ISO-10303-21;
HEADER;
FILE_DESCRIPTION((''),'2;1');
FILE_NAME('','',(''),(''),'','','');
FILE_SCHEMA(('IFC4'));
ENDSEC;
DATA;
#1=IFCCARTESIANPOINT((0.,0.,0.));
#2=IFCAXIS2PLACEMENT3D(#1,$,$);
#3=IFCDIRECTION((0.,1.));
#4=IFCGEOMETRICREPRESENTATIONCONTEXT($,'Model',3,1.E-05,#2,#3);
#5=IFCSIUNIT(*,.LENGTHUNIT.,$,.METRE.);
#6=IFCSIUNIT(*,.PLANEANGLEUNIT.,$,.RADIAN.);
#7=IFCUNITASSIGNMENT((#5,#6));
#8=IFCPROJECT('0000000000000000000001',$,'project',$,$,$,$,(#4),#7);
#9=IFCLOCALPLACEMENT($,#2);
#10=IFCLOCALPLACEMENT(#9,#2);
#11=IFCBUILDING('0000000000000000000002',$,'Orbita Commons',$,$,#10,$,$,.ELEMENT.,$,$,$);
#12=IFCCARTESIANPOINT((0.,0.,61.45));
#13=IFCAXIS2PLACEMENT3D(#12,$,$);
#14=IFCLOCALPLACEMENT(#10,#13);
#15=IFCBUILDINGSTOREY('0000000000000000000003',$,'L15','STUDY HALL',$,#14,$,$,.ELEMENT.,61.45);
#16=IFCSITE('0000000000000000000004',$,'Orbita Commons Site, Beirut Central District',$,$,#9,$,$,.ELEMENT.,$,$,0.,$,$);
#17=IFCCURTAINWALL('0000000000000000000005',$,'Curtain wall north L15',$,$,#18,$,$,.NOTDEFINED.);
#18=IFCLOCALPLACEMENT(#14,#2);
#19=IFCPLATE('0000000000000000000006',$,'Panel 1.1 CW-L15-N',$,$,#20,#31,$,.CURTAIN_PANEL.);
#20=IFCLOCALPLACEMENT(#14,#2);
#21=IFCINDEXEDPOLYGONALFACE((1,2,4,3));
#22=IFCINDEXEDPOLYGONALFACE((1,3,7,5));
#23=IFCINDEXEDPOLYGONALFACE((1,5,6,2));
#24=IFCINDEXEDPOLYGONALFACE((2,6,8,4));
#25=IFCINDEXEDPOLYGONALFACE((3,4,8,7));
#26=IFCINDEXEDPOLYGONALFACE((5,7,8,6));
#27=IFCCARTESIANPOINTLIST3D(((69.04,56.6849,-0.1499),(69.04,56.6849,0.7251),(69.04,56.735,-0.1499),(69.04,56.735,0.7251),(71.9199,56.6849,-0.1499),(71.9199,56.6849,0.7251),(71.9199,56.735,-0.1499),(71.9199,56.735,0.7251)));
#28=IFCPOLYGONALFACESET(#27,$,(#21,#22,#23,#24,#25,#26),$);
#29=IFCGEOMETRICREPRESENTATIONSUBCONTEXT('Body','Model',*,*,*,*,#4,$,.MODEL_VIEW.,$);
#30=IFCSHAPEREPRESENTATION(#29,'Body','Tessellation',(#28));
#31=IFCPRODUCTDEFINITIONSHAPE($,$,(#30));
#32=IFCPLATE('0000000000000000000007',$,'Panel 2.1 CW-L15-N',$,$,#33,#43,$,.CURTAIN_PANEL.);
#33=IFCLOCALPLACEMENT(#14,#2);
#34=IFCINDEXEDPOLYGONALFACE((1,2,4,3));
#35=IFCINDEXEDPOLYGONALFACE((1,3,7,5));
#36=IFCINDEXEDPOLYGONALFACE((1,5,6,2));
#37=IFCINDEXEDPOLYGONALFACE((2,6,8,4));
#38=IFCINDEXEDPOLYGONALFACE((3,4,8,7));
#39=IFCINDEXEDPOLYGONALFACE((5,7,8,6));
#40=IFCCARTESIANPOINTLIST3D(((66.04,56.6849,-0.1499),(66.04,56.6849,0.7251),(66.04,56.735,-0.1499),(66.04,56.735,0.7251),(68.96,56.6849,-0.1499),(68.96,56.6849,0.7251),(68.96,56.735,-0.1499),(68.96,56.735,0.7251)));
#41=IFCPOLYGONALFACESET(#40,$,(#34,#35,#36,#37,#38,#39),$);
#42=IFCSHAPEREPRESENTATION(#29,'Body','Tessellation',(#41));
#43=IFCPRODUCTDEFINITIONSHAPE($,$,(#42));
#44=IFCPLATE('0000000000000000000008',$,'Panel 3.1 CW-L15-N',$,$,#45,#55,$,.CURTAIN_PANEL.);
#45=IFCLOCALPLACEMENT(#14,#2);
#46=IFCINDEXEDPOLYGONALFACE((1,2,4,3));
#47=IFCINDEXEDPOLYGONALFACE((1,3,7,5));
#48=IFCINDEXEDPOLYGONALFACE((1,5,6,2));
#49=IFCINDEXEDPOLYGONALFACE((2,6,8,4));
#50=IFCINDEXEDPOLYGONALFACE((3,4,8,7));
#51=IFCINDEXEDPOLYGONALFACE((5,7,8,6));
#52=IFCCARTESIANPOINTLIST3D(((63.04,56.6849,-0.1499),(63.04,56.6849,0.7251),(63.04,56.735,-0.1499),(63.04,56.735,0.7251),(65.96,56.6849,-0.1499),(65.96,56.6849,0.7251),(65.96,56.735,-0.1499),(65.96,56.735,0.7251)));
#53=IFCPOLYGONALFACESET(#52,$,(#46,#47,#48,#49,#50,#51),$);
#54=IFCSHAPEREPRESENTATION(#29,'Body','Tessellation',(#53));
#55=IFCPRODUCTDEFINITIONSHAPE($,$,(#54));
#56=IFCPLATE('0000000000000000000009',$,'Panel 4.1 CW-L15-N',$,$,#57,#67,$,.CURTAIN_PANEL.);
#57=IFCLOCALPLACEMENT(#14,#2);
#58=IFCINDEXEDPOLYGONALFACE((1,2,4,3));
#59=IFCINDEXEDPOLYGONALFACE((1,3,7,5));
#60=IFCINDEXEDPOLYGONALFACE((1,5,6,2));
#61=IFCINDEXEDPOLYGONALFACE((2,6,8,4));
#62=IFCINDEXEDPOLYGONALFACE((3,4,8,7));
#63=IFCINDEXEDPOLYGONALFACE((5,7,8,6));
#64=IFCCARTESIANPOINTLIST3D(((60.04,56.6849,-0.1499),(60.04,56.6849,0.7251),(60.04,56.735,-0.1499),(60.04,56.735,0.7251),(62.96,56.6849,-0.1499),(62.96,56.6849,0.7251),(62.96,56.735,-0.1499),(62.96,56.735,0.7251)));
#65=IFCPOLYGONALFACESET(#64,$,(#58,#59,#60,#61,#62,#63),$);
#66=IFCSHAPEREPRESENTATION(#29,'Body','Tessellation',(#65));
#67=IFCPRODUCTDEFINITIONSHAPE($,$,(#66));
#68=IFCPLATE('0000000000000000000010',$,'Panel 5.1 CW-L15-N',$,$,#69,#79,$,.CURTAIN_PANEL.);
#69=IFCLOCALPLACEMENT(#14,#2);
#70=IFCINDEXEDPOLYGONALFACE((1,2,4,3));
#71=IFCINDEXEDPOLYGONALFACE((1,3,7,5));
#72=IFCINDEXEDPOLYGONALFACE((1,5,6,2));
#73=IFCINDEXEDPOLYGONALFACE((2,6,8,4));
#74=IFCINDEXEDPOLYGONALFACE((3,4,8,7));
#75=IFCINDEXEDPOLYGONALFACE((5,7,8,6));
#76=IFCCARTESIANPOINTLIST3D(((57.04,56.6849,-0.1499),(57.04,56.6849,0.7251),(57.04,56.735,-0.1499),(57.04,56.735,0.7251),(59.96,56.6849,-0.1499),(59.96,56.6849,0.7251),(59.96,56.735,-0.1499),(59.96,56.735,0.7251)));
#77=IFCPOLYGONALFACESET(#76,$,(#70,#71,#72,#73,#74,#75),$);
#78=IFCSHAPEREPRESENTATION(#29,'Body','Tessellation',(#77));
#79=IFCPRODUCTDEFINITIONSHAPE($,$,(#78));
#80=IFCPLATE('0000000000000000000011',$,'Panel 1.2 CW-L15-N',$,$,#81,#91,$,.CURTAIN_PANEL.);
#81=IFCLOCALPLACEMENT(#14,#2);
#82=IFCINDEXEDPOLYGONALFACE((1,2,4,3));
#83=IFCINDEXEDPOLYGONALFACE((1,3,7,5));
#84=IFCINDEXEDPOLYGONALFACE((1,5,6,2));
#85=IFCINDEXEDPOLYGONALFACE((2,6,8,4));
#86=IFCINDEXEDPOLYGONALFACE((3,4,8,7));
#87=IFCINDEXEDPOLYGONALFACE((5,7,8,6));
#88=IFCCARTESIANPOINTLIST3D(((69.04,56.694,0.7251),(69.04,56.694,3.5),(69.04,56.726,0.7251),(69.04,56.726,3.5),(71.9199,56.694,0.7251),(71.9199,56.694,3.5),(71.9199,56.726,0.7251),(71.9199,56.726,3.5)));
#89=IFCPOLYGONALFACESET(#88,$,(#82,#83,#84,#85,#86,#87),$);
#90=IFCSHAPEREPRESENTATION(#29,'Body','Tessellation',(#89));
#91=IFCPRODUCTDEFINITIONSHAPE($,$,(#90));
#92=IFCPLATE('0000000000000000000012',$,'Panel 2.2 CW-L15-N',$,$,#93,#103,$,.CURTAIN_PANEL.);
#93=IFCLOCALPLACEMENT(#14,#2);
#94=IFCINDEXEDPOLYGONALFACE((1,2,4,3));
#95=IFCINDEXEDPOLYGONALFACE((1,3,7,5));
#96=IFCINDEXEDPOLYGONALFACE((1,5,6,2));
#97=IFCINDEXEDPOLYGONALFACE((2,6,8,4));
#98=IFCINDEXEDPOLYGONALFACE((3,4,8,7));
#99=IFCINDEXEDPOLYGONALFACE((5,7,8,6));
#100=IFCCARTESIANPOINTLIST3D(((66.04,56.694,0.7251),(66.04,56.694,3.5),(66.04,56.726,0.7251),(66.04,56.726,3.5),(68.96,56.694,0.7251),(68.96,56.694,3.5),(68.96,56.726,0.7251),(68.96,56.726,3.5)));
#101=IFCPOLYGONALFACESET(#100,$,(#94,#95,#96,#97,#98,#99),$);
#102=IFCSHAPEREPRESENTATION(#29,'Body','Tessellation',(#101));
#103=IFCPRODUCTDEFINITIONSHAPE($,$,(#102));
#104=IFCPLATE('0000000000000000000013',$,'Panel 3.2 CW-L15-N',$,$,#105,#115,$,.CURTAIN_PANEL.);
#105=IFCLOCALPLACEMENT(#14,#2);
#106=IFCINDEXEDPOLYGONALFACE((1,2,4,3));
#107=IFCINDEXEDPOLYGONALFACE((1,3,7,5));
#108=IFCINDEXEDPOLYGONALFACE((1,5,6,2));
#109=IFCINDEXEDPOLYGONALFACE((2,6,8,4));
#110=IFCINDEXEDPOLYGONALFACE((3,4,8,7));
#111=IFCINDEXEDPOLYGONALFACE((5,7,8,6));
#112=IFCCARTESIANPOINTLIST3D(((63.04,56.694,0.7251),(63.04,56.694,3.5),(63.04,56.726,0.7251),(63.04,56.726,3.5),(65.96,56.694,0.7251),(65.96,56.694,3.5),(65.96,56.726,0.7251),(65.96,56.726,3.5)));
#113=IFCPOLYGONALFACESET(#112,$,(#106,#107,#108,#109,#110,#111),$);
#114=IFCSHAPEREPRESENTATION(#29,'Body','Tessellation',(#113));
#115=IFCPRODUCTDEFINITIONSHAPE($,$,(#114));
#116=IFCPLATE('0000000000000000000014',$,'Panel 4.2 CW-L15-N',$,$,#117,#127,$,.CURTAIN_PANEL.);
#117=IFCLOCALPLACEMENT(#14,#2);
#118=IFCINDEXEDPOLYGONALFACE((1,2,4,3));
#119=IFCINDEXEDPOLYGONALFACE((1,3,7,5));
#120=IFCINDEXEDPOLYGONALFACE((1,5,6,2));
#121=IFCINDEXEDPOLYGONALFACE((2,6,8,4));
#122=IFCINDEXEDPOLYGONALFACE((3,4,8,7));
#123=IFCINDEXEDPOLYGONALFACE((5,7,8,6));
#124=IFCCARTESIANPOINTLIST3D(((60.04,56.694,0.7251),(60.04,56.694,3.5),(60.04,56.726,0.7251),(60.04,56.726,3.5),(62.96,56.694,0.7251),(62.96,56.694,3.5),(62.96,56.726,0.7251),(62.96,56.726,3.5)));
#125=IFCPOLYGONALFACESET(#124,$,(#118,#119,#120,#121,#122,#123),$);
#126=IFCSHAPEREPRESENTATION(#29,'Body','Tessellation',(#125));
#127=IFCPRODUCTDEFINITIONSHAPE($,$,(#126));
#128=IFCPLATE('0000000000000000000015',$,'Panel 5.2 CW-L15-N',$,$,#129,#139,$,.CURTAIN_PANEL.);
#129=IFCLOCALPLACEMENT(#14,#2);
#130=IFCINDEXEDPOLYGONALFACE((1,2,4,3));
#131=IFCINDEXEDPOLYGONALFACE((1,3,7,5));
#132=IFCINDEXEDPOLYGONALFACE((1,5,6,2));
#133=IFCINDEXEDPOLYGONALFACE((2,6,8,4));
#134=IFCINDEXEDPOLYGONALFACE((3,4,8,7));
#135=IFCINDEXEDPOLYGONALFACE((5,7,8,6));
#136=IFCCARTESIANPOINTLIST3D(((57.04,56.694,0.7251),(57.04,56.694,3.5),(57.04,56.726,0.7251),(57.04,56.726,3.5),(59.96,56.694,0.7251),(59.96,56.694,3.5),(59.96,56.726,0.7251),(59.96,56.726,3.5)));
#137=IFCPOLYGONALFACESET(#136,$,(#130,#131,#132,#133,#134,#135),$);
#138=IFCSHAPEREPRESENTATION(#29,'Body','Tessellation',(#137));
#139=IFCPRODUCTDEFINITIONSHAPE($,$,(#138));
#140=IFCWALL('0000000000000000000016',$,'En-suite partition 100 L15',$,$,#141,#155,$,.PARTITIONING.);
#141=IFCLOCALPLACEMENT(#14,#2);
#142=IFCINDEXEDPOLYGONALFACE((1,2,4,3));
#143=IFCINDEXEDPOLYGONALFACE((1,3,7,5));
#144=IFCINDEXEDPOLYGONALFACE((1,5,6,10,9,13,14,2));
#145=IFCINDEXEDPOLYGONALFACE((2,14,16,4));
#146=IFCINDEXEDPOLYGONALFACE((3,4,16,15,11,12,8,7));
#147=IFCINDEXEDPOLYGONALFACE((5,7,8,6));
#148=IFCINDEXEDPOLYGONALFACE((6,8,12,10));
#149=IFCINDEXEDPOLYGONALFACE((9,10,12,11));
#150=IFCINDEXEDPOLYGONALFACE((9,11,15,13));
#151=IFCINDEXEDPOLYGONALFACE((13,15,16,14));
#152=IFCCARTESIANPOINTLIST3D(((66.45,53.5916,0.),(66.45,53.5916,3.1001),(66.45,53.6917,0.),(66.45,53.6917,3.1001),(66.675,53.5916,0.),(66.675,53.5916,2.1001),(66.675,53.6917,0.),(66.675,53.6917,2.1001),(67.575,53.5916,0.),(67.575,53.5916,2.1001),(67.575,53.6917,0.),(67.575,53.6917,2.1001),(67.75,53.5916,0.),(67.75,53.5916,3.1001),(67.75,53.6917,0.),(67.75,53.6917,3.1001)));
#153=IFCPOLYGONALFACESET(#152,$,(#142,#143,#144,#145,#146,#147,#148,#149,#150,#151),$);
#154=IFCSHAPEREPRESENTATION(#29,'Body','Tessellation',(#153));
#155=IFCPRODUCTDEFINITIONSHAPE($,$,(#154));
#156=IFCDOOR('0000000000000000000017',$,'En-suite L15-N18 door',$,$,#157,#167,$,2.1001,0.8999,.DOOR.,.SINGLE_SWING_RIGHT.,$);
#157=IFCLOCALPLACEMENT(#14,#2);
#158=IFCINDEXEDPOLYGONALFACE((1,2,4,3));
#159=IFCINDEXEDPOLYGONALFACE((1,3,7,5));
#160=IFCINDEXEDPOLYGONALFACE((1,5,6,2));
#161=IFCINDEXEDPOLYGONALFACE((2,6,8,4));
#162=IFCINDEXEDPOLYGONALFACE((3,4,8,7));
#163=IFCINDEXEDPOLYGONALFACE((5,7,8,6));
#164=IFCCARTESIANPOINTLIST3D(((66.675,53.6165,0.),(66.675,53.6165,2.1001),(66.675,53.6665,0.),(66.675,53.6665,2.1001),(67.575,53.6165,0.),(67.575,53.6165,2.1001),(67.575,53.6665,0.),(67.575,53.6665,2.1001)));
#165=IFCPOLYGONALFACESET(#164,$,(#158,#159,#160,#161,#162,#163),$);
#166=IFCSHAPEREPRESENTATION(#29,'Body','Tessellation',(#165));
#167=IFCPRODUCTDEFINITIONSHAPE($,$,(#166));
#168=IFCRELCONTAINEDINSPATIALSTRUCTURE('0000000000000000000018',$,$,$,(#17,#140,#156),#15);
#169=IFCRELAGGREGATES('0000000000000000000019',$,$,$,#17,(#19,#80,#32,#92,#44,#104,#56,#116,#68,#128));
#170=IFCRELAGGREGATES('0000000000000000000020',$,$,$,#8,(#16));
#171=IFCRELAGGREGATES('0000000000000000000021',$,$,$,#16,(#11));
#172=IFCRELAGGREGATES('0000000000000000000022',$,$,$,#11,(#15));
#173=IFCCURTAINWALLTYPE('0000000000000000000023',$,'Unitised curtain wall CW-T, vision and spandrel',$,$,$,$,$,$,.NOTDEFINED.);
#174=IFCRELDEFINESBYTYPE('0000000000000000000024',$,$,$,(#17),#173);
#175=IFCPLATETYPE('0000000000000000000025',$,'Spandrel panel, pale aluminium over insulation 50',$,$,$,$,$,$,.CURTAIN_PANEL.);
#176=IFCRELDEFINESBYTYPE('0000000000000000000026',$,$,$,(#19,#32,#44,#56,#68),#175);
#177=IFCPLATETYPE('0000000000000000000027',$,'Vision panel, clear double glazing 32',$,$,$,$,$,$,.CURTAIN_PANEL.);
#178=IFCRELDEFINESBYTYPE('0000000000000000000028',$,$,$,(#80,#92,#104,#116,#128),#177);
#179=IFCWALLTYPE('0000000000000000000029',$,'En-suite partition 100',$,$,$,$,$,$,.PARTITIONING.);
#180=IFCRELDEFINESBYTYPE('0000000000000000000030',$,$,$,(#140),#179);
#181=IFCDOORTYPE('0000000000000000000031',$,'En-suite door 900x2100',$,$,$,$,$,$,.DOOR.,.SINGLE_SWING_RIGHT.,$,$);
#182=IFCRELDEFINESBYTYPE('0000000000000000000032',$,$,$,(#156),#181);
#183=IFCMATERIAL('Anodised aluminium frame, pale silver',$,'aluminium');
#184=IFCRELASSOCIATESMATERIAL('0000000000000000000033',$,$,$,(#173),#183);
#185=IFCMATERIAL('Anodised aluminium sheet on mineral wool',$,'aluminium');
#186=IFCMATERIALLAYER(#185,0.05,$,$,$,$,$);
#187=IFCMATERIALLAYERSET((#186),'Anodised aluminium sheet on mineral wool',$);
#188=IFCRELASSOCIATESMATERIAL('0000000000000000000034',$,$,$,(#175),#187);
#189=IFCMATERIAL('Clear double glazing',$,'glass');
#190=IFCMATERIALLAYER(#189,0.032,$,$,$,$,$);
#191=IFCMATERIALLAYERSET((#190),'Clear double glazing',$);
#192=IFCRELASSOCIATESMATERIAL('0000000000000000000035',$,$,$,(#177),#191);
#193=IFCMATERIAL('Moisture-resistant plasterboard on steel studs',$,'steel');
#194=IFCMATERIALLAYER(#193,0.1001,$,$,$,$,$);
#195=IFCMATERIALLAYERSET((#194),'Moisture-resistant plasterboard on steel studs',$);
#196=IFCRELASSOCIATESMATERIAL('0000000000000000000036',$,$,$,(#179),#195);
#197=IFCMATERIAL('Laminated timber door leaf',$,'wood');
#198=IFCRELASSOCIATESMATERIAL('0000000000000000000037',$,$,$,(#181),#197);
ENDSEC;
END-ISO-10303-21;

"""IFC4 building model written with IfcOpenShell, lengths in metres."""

from ifc_helpers import new_model, si_unit, direction, frame, frame_2d, origin, origin_2d, place, context, subcontext, project, spatial, polyline, rectangle, outline, extrude, material, layer, layer_set, type_object, element, fill, aggregate, save


model = new_model("IFC4")

# Units and contexts
model_context = context("Model", 3, precision=1e-05, world=origin(), true_north=direction((0.0, 1.0)))
body_context = subcontext(model_context, "Body", "Model", "MODEL_VIEW")
ifc_project = project(units=[si_unit("LENGTHUNIT", "METRE"), si_unit("PLANEANGLEUNIT", "RADIAN")], contexts=[model_context])

# Site, building, storey
site_placement = place(None, origin())
site = spatial("IfcSite", under=ifc_project, at=site_placement, Name="Orbita Commons Site, Beirut Central District", CompositionType="ELEMENT", RefElevation=0.0)
building_placement = place(site_placement, origin())
building = spatial("IfcBuilding", under=site, at=building_placement, Name="Orbita Commons", CompositionType="ELEMENT")
storey_placement = place(building_placement, frame((0.0, 0.0, 61.45)))
storey = spatial("IfcBuildingStorey", under=building, at=storey_placement, Name="L15", Description="STUDY HALL", CompositionType="ELEMENT", Elevation=61.45)

# Curtain wall, plates
ifc_material_1 = material(Name="Anodised aluminium frame, pale silver", Category="aluminium")
curtain_wall_type = type_object("IfcCurtainWallType", Name="Unitised curtain wall CW-T, vision and spandrel", PredefinedType="NOTDEFINED", material=ifc_material_1)
curtain_wall_placement = place(storey_placement, origin())
curtain_wall = element("IfcCurtainWall", 1, at=curtain_wall_placement, inside=storey, type_object=curtain_wall_type, Name="Curtain wall north L15", PredefinedType="NOTDEFINED")
ifc_material_2 = material(Name="Anodised aluminium sheet on mineral wool", Category="aluminium")
ifc_layer_1 = layer(ifc_material_2, 0.05)
ifc_layer_set_1 = layer_set([ifc_layer_1], Name="Anodised aluminium sheet on mineral wool")
plate_type_1 = type_object("IfcPlateType", Name="Spandrel panel, pale aluminium over insulation 50", PredefinedType="CURTAIN_PANEL", material=ifc_layer_set_1)
plate_1_placement = place(storey_placement, frame((70.48, 56.71, -0.1499), z_axis=(0.0, 0.0, 1.0), x_axis=(-1.0, 0.0, 0.0)))
plate_1 = element("IfcPlate", 2, at=plate_1_placement, type_object=plate_type_1, Name="Panel 1.1 CW-L15-N", PredefinedType="CURTAIN_PANEL", context=body_context, shape_type="SweptSolid", body=[
    extrude(rectangle(XDim=2.8799, YDim=0.05, at=origin_2d()), origin(), (0.0, 0.0, 1.0), 0.875),
])
plate_2_placement = place(storey_placement, frame((67.5, 56.71, -0.1499), z_axis=(0.0, 0.0, 1.0), x_axis=(-1.0, 0.0, 0.0)))
plate_2 = element("IfcPlate", 3, at=plate_2_placement, type_object=plate_type_1, Name="Panel 2.1 CW-L15-N", PredefinedType="CURTAIN_PANEL", context=body_context, shape_type="SweptSolid", body=[
    extrude(rectangle(XDim=2.9199, YDim=0.05, at=origin_2d()), origin(), (0.0, 0.0, 1.0), 0.875),
])
plate_3_placement = place(storey_placement, frame((64.5, 56.71, -0.1499), z_axis=(0.0, 0.0, 1.0), x_axis=(-1.0, 0.0, 0.0)))
plate_3 = element("IfcPlate", 4, at=plate_3_placement, type_object=plate_type_1, Name="Panel 3.1 CW-L15-N", PredefinedType="CURTAIN_PANEL", context=body_context, shape_type="SweptSolid", body=[
    extrude(rectangle(XDim=2.9199, YDim=0.05, at=origin_2d()), origin(), (0.0, 0.0, 1.0), 0.875),
])
plate_4_placement = place(storey_placement, frame((61.5, 56.71, -0.1499), z_axis=(0.0, 0.0, 1.0), x_axis=(-1.0, 0.0, 0.0)))
plate_4 = element("IfcPlate", 5, at=plate_4_placement, type_object=plate_type_1, Name="Panel 4.1 CW-L15-N", PredefinedType="CURTAIN_PANEL", context=body_context, shape_type="SweptSolid", body=[
    extrude(rectangle(XDim=2.9199, YDim=0.05, at=origin_2d()), origin(), (0.0, 0.0, 1.0), 0.875),
])
plate_5_placement = place(storey_placement, frame((58.5, 56.71, -0.1499), z_axis=(0.0, 0.0, 1.0), x_axis=(-1.0, 0.0, 0.0)))
plate_5 = element("IfcPlate", 6, at=plate_5_placement, type_object=plate_type_1, Name="Panel 5.1 CW-L15-N", PredefinedType="CURTAIN_PANEL", context=body_context, shape_type="SweptSolid", body=[
    extrude(rectangle(XDim=2.9199, YDim=0.05, at=origin_2d()), origin(), (0.0, 0.0, 1.0), 0.875),
])
ifc_material_3 = material(Name="Clear double glazing", Category="glass")
ifc_layer_2 = layer(ifc_material_3, 0.032)
ifc_layer_set_2 = layer_set([ifc_layer_2], Name="Clear double glazing")
plate_type_2 = type_object("IfcPlateType", Name="Vision panel, clear double glazing 32", PredefinedType="CURTAIN_PANEL", material=ifc_layer_set_2)
plate_6_placement = place(storey_placement, frame((70.48, 56.71, 0.7251), z_axis=(0.0, 0.0, 1.0), x_axis=(-1.0, 0.0, 0.0)))
plate_6 = element("IfcPlate", 7, at=plate_6_placement, type_object=plate_type_2, Name="Panel 1.2 CW-L15-N", PredefinedType="CURTAIN_PANEL", context=body_context, shape_type="SweptSolid", body=[
    extrude(rectangle(XDim=2.8799, YDim=0.032, at=origin_2d()), origin(), (0.0, 0.0, 1.0), 2.7749),
])
plate_7_placement = place(storey_placement, frame((67.5, 56.71, 0.7251), z_axis=(0.0, 0.0, 1.0), x_axis=(-1.0, 0.0, 0.0)))
plate_7 = element("IfcPlate", 8, at=plate_7_placement, type_object=plate_type_2, Name="Panel 2.2 CW-L15-N", PredefinedType="CURTAIN_PANEL", context=body_context, shape_type="SweptSolid", body=[
    extrude(rectangle(XDim=2.9199, YDim=0.032, at=origin_2d()), origin(), (0.0, 0.0, 1.0), 2.7749),
])
plate_8_placement = place(storey_placement, frame((64.5, 56.71, 0.7251), z_axis=(0.0, 0.0, 1.0), x_axis=(-1.0, 0.0, 0.0)))
plate_8 = element("IfcPlate", 9, at=plate_8_placement, type_object=plate_type_2, Name="Panel 3.2 CW-L15-N", PredefinedType="CURTAIN_PANEL", context=body_context, shape_type="SweptSolid", body=[
    extrude(rectangle(XDim=2.9199, YDim=0.032, at=origin_2d()), origin(), (0.0, 0.0, 1.0), 2.7749),
])
plate_9_placement = place(storey_placement, frame((61.5, 56.71, 0.7251), z_axis=(0.0, 0.0, 1.0), x_axis=(-1.0, 0.0, 0.0)))
plate_9 = element("IfcPlate", 10, at=plate_9_placement, type_object=plate_type_2, Name="Panel 4.2 CW-L15-N", PredefinedType="CURTAIN_PANEL", context=body_context, shape_type="SweptSolid", body=[
    extrude(rectangle(XDim=2.9199, YDim=0.032, at=origin_2d()), origin(), (0.0, 0.0, 1.0), 2.7749),
])
plate_10_placement = place(storey_placement, frame((58.5, 56.71, 0.7251), z_axis=(0.0, 0.0, 1.0), x_axis=(-1.0, 0.0, 0.0)))
plate_10 = element("IfcPlate", 11, at=plate_10_placement, type_object=plate_type_2, Name="Panel 5.2 CW-L15-N", PredefinedType="CURTAIN_PANEL", context=body_context, shape_type="SweptSolid", body=[
    extrude(rectangle(XDim=2.9199, YDim=0.032, at=origin_2d()), origin(), (0.0, 0.0, 1.0), 2.7749),
])
aggregate(curtain_wall, [plate_1, plate_6, plate_2, plate_7, plate_3, plate_8, plate_4, plate_9, plate_5, plate_10])

# Wall, opening, door
ifc_material_4 = material(Name="Moisture-resistant plasterboard on steel studs", Category="steel")
ifc_layer_3 = layer(ifc_material_4, 0.1001)
ifc_layer_set_3 = layer_set([ifc_layer_3], Name="Moisture-resistant plasterboard on steel studs")
wall_type_1 = type_object("IfcWallType", Name="En-suite partition 100", PredefinedType="PARTITIONING", material=ifc_layer_set_3)
wall_1_placement = place(storey_placement, frame((66.45, 53.6416, 0.0), z_axis=(0.0, 0.0, 1.0), x_axis=(1.0, 0.0, 0.0)))
wall_1 = element("IfcWall", 12, at=wall_1_placement, inside=storey, type_object=wall_type_1, Name="En-suite partition 100 L15", PredefinedType="PARTITIONING", context=body_context, shape_type="SweptSolid", body=[
    extrude(outline(polyline([(0.0, 0.0), (1.3, 0.0), (1.3, 3.1001), (0.0, 3.1001), (0.0, 0.0)])), frame((0.0, 0.05, 0.0), z_axis=(0.0, -1.0, 0.0), x_axis=(1.0, 0.0, 0.0)), (0.0, 0.0, 1.0), 0.1001),
])
opening_1_placement = place(wall_1_placement, frame((0.2251, 0.0, 0.0)))
opening_1 = element("IfcOpeningElement", 13, at=opening_1_placement, cuts=wall_1, PredefinedType="OPENING", context=body_context, shape_type="SweptSolid", body=[
    extrude(rectangle(XDim=0.8999, YDim=2.1001, at=frame_2d((0.45, 1.05))), frame((0.0, 0.0601, 0.0), z_axis=(0.0, -1.0, 0.0), x_axis=(1.0, 0.0, 0.0)), (0.0, 0.0, 1.0), 0.1201),
])
ifc_material_5 = material(Name="Laminated timber door leaf", Category="wood")
door_type = type_object("IfcDoorType", Name="En-suite door 900x2100", OperationType="SINGLE_SWING_RIGHT", PredefinedType="DOOR", material=ifc_material_5)
door_1_placement = place(opening_1_placement, origin())
door_1 = element("IfcDoor", 14, at=door_1_placement, inside=storey, type_object=door_type, Name="En-suite L15-N18 door", OperationType="SINGLE_SWING_RIGHT", OverallHeight=2.1001, OverallWidth=0.8999, PredefinedType="DOOR", context=body_context, shape_type="SweptSolid", body=[
    extrude(rectangle(XDim=0.8999, YDim=2.1001, at=frame_2d((0.45, 1.05))), frame((0.0, 0.0249, 0.0), z_axis=(0.0, -1.0, 0.0), x_axis=(1.0, 0.0, 0.0)), (0.0, 0.0, 1.0), 0.05),
])
fill(opening_1, door_1)

save(model, "model.ifc")
